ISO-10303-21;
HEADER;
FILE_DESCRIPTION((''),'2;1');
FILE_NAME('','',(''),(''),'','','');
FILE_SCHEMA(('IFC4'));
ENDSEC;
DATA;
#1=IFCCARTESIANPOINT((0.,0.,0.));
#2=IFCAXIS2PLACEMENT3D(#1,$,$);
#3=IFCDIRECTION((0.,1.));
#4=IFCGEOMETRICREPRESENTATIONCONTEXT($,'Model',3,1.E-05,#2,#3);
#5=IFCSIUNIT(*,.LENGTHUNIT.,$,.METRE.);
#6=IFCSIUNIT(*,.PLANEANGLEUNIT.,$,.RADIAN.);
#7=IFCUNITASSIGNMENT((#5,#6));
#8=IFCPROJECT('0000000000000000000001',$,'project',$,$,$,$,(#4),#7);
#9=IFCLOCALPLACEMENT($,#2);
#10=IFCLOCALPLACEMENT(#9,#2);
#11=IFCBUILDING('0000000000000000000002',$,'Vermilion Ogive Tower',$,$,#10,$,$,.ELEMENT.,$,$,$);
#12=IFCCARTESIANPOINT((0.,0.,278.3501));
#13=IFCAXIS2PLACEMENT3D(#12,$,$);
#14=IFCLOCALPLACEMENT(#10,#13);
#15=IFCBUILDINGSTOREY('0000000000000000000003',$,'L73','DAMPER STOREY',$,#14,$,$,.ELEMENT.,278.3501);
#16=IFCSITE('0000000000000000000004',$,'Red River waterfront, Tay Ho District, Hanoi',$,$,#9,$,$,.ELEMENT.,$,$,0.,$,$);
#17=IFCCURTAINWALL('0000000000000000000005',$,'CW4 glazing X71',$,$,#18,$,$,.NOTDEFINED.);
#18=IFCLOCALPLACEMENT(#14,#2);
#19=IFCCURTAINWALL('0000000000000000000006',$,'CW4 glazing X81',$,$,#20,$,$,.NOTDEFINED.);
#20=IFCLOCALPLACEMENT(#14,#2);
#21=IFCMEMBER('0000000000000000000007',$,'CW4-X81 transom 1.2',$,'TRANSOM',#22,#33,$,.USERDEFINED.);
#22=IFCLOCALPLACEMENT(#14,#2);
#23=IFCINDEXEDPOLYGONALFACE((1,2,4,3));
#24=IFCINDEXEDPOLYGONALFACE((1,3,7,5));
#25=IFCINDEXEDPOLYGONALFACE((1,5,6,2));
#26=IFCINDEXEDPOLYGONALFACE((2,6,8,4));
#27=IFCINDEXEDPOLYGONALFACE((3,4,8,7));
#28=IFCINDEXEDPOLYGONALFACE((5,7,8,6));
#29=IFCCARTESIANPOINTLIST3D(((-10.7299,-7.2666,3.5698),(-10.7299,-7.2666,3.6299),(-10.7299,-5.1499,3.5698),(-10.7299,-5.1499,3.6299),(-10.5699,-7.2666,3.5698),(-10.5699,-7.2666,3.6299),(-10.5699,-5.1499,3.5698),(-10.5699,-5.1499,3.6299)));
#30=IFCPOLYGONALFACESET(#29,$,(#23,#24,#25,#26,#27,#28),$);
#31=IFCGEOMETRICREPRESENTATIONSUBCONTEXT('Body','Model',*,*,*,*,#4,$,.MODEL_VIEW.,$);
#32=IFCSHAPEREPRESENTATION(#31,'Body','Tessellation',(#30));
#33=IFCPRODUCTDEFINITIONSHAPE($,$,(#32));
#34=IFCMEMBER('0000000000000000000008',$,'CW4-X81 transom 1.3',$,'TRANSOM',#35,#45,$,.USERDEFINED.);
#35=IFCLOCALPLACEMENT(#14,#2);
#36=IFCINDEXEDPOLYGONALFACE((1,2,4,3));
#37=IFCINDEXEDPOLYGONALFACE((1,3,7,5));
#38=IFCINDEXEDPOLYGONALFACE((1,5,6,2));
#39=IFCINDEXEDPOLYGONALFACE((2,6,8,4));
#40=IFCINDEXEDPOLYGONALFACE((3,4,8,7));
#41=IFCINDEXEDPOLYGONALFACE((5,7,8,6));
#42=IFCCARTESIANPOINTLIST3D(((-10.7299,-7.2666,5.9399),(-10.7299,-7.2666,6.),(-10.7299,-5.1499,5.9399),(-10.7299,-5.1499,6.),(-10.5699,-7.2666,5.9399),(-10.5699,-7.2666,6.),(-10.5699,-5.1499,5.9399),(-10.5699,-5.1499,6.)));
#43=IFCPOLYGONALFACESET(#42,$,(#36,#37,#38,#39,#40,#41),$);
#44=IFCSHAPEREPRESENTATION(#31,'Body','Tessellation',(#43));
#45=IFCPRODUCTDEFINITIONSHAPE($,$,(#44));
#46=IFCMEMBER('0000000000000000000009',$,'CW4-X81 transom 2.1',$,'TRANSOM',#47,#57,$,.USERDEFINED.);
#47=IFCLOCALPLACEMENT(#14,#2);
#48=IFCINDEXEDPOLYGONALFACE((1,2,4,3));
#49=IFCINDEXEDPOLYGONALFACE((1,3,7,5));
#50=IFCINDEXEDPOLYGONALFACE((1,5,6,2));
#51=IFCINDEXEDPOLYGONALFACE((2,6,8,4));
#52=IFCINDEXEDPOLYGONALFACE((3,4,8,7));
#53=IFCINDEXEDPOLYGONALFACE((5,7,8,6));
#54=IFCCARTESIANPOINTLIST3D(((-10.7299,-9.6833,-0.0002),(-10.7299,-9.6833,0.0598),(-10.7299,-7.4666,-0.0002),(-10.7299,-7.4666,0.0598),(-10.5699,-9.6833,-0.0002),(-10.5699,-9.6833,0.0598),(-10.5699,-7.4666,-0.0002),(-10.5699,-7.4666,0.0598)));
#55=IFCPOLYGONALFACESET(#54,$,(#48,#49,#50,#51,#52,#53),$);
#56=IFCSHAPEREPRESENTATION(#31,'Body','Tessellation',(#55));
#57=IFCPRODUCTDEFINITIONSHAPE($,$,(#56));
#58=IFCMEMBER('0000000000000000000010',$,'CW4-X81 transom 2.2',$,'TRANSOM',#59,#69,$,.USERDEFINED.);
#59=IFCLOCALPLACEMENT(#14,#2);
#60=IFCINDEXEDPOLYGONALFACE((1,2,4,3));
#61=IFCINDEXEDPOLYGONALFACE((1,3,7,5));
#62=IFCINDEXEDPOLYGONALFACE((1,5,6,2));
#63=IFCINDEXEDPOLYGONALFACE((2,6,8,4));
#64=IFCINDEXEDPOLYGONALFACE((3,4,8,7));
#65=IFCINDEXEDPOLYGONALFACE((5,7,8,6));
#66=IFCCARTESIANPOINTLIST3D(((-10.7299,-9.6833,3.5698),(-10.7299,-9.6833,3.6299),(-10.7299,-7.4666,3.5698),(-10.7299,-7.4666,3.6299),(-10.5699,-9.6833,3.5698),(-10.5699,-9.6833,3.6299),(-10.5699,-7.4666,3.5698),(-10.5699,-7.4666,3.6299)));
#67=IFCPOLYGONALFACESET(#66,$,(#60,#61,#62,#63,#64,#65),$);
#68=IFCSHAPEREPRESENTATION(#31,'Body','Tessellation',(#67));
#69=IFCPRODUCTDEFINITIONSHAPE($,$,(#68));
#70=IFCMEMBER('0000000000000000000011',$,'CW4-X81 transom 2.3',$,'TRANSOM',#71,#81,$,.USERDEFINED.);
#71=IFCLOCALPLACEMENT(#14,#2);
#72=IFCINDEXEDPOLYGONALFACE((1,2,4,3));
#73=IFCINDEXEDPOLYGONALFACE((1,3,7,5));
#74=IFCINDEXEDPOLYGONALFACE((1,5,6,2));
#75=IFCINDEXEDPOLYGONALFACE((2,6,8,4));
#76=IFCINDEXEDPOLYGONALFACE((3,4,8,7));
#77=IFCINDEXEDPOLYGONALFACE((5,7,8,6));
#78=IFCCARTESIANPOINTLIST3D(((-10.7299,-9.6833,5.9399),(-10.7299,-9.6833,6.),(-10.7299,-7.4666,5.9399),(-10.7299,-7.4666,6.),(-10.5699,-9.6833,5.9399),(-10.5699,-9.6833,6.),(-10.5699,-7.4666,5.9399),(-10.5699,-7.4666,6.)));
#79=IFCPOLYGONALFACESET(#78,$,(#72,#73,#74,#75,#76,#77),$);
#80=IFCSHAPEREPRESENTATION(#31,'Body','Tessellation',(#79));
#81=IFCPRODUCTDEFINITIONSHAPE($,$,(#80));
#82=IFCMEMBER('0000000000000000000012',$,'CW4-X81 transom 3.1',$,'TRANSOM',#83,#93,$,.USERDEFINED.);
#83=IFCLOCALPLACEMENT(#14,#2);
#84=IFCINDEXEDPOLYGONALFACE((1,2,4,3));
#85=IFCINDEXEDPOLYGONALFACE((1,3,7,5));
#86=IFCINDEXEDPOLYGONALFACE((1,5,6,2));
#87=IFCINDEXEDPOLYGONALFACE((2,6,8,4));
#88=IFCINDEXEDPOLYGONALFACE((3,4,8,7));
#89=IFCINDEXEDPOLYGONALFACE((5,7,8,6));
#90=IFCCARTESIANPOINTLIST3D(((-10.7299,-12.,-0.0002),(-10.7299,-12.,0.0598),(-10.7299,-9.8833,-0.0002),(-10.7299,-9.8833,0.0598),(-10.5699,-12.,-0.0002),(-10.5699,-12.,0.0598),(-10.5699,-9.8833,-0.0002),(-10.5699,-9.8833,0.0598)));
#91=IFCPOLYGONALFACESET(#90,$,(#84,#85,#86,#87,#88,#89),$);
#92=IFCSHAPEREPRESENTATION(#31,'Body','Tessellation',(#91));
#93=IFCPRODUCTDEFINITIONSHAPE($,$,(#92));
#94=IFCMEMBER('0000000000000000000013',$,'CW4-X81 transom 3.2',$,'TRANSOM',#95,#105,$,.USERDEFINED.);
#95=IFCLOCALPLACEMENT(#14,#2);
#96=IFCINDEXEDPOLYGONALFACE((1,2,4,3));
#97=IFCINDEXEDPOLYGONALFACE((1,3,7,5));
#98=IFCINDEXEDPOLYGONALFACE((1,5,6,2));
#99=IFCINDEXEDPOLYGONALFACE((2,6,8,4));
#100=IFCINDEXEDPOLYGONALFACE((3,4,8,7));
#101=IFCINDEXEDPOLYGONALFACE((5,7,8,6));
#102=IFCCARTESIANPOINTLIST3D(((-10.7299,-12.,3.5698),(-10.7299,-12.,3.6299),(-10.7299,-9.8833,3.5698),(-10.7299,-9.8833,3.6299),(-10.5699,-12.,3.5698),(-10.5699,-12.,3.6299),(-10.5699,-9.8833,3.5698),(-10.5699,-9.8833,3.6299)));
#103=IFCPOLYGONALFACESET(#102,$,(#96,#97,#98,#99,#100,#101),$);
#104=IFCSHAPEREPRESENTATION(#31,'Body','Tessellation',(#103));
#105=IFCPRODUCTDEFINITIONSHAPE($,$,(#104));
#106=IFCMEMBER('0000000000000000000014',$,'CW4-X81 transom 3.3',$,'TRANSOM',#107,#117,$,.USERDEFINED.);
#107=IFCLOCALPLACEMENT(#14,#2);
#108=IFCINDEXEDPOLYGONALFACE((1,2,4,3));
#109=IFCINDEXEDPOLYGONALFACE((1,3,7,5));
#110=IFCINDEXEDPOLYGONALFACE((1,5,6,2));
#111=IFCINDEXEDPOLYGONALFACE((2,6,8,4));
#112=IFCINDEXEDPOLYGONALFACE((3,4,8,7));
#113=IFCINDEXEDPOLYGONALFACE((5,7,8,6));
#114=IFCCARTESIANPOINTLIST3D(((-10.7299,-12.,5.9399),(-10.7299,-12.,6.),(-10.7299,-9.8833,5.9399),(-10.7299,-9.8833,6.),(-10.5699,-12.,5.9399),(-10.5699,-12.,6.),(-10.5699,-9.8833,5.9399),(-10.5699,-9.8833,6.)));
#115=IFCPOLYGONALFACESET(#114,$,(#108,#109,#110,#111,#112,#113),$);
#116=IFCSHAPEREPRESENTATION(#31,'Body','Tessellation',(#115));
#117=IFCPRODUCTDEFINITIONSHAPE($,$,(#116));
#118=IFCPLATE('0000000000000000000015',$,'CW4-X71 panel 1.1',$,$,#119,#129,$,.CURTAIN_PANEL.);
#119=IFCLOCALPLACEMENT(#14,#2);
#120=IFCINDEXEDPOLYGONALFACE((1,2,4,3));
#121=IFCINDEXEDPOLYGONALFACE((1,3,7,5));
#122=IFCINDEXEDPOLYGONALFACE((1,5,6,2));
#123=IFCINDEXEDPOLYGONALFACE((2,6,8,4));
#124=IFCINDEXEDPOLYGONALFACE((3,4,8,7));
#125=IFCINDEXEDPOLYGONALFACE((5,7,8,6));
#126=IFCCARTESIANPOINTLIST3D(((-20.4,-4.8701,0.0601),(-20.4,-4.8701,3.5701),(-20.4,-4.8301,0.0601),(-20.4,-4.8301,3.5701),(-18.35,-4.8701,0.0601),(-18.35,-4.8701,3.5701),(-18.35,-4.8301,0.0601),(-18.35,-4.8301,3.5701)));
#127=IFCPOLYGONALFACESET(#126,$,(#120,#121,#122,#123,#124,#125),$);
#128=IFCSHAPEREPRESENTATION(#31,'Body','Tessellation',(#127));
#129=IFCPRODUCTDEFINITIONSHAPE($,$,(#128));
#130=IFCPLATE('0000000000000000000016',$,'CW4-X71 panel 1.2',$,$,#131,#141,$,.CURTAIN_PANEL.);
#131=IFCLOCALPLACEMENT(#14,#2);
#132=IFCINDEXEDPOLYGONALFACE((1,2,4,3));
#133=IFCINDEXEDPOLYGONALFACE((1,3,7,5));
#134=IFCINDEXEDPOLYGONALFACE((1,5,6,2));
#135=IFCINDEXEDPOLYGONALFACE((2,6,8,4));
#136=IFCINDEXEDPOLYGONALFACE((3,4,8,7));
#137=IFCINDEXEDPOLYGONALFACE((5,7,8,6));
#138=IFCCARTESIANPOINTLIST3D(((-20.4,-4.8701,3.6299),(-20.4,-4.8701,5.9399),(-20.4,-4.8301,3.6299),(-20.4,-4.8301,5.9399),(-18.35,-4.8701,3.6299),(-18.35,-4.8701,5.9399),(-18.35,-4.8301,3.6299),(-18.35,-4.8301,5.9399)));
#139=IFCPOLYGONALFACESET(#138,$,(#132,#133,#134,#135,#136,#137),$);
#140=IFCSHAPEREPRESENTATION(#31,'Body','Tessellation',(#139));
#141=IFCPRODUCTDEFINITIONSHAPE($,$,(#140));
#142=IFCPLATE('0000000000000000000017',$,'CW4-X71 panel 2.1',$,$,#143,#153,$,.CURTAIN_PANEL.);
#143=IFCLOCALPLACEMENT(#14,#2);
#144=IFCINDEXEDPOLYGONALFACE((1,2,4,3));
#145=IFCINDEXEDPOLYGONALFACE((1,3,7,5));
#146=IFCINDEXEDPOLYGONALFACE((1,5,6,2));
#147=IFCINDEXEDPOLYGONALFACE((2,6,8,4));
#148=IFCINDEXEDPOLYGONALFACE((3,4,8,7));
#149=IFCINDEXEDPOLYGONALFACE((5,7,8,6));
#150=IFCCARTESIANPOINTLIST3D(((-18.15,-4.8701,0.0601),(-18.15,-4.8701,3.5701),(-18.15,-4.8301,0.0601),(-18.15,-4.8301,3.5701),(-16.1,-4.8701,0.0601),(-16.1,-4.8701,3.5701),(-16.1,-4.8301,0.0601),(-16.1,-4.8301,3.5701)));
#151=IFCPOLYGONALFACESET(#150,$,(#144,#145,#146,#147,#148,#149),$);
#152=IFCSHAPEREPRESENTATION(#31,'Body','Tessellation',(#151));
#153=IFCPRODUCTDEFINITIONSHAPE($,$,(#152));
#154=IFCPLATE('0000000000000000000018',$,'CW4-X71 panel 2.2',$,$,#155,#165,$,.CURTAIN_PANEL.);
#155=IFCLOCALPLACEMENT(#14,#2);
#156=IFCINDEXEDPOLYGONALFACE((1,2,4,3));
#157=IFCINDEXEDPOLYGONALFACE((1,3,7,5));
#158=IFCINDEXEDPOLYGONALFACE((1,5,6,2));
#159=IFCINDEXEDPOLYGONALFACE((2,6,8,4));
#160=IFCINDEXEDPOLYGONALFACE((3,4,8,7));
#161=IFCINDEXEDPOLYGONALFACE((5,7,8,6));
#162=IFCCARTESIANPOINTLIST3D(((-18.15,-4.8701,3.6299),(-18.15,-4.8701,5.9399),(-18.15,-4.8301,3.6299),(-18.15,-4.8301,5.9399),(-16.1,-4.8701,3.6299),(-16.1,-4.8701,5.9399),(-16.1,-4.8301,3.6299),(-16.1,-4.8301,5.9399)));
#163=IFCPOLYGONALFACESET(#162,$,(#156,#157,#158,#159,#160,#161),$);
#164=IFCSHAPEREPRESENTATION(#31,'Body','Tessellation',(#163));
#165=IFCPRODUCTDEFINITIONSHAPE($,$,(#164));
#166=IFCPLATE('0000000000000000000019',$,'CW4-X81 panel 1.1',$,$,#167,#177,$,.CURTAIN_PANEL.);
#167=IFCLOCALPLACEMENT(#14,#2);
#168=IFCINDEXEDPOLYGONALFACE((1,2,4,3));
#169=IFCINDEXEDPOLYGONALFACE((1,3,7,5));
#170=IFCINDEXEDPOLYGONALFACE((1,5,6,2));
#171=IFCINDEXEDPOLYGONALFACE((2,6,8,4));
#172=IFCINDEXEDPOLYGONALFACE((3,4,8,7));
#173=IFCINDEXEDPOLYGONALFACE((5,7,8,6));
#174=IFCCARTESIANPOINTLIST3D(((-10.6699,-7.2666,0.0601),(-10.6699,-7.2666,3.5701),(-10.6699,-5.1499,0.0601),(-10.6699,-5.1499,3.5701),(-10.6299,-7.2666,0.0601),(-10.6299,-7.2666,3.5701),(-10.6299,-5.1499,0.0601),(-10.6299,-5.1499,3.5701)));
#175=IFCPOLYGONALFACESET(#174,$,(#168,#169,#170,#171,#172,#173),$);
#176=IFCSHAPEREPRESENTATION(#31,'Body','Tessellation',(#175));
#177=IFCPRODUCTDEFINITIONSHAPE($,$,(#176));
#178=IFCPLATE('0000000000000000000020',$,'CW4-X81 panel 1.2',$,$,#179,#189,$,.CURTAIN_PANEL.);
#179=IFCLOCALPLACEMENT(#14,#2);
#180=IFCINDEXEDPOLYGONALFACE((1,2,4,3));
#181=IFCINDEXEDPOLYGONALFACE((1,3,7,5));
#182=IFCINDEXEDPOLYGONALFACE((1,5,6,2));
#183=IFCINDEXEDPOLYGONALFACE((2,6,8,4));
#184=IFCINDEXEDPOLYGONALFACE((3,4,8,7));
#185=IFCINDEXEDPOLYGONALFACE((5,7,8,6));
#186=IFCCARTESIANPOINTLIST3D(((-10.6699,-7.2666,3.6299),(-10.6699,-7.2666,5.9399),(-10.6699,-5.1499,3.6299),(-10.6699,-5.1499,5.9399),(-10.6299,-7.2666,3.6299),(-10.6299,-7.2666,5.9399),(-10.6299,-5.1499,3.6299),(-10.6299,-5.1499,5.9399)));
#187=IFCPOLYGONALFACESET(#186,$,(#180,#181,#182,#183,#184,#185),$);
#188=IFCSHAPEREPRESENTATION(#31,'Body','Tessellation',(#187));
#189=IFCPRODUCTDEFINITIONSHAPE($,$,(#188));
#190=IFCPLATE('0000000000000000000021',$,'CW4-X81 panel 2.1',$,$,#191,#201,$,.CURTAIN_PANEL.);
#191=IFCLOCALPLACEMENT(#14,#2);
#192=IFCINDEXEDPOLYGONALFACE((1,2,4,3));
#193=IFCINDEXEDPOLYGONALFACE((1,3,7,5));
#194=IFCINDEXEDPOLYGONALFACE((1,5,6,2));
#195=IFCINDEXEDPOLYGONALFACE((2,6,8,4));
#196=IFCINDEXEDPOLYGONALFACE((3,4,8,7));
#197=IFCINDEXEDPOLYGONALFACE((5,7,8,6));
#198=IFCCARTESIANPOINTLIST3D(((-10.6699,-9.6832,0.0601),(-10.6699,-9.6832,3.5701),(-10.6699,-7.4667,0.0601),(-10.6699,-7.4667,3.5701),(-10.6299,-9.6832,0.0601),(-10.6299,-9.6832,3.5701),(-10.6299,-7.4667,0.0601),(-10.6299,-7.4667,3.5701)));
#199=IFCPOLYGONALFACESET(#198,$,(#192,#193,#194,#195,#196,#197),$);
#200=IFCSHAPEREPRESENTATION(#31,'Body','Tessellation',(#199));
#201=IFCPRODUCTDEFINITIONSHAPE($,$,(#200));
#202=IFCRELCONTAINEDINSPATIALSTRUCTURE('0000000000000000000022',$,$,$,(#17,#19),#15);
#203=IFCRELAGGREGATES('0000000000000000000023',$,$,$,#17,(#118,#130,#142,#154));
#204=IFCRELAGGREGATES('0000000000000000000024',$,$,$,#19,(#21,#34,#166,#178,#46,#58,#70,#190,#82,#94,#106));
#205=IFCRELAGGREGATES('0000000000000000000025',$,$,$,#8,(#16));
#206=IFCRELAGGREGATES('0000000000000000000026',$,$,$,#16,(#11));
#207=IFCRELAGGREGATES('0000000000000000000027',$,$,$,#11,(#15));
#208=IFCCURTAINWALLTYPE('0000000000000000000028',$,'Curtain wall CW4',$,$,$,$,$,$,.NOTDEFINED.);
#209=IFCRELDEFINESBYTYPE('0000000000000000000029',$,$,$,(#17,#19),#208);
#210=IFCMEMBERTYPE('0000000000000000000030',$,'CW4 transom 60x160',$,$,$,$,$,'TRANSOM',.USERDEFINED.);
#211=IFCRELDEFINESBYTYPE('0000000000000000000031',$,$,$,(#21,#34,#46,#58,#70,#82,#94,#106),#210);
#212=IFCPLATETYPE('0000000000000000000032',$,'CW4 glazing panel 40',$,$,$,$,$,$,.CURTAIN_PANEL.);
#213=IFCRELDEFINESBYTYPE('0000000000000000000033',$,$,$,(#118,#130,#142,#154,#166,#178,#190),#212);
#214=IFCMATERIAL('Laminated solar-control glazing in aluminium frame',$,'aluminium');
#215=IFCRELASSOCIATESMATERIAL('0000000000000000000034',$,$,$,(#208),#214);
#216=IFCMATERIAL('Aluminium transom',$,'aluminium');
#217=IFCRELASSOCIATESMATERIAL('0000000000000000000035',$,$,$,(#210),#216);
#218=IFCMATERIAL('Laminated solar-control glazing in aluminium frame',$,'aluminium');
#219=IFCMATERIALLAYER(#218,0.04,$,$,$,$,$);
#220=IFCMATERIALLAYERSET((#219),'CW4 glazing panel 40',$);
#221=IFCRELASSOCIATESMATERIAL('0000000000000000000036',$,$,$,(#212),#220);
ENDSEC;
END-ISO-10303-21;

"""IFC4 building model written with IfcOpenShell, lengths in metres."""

from ifc_helpers import new_model, si_unit, direction, frame, origin, origin_2d, place, context, subcontext, project, spatial, rectangle, extrude, material, layer, layer_set, material_profile, profile_set, type_object, element, aggregate, save


model = new_model("IFC4")

# Units and contexts
model_context = context("Model", 3, precision=1e-05, world=origin(), true_north=direction((0.0, 1.0)))
body_context = subcontext(model_context, "Body", "Model", "MODEL_VIEW")
ifc_project = project(units=[si_unit("LENGTHUNIT", "METRE"), si_unit("PLANEANGLEUNIT", "RADIAN")], contexts=[model_context])

# Site, building, storey
site_placement = place(None, origin())
site = spatial("IfcSite", under=ifc_project, at=site_placement, Name="Red River waterfront, Tay Ho District, Hanoi", CompositionType="ELEMENT", RefElevation=0.0)
building_placement = place(site_placement, origin())
building = spatial("IfcBuilding", under=site, at=building_placement, Name="Vermilion Ogive Tower", CompositionType="ELEMENT")
storey_placement = place(building_placement, frame((0.0, 0.0, 278.3501)))
storey = spatial("IfcBuildingStorey", under=building, at=storey_placement, Name="L73", Description="DAMPER STOREY", CompositionType="ELEMENT", Elevation=278.3501)

# Curtain walls
ifc_material_1 = material(Name="Laminated solar-control glazing in aluminium frame", Category="aluminium")
curtain_wall_type = type_object("IfcCurtainWallType", Name="Curtain wall CW4", PredefinedType="NOTDEFINED", material=ifc_material_1)
curtain_wall_1_placement = place(storey_placement, origin())
curtain_wall_1 = element("IfcCurtainWall", 1, at=curtain_wall_1_placement, inside=storey, type_object=curtain_wall_type, Name="CW4 glazing X71", PredefinedType="NOTDEFINED")
curtain_wall_2_placement = place(storey_placement, origin())
curtain_wall_2 = element("IfcCurtainWall", 2, at=curtain_wall_2_placement, inside=storey, type_object=curtain_wall_type, Name="CW4 glazing X81", PredefinedType="NOTDEFINED")

# Members
ifc_material_2 = material(Name="Aluminium transom", Category="aluminium")
ifc_material_profile_1 = material_profile(ifc_material_2, rectangle(XDim=0.1599, YDim=0.0601, at=origin_2d()), Name="AL 60x160")
ifc_profile_set_1 = profile_set([ifc_material_profile_1], Name="Aluminium transom")
member_type_1 = type_object("IfcMemberType", Name="CW4 transom 60x160", ElementType="TRANSOM", PredefinedType="USERDEFINED", material=ifc_profile_set_1)
member_1_placement = place(storey_placement, frame((-10.6499, -5.1499, 3.5999), z_axis=(0.0, -1.0, 0.0), x_axis=(1.0, 0.0, 0.0)))
member_1 = element("IfcMember", 3, at=member_1_placement, type_object=member_type_1, Name="CW4-X81 transom 1.2", ObjectType="TRANSOM", PredefinedType="USERDEFINED", context=body_context, shape_type="SweptSolid", body=[
    extrude(rectangle(XDim=0.1599, YDim=0.0601, at=origin_2d()), origin(), (0.0, 0.0, 1.0), 2.1167),
])
member_2_placement = place(storey_placement, frame((-10.6499, -5.1499, 5.97), z_axis=(0.0, -1.0, 0.0), x_axis=(1.0, 0.0, 0.0)))
member_2 = element("IfcMember", 4, at=member_2_placement, type_object=member_type_1, Name="CW4-X81 transom 1.3", ObjectType="TRANSOM", PredefinedType="USERDEFINED", context=body_context, shape_type="SweptSolid", body=[
    extrude(rectangle(XDim=0.1599, YDim=0.0601, at=origin_2d()), origin(), (0.0, 0.0, 1.0), 2.1167),
])
member_3_placement = place(storey_placement, frame((-10.6499, -7.4666, 0.0298), z_axis=(0.0, -1.0, 0.0), x_axis=(1.0, 0.0, 0.0)))
member_3 = element("IfcMember", 5, at=member_3_placement, type_object=member_type_1, Name="CW4-X81 transom 2.1", ObjectType="TRANSOM", PredefinedType="USERDEFINED", context=body_context, shape_type="SweptSolid", body=[
    extrude(rectangle(XDim=0.1599, YDim=0.0601, at=origin_2d()), origin(), (0.0, 0.0, 1.0), 2.2168),
])
member_4_placement = place(storey_placement, frame((-10.6499, -7.4666, 3.5999), z_axis=(0.0, -1.0, 0.0), x_axis=(1.0, 0.0, 0.0)))
member_4 = element("IfcMember", 6, at=member_4_placement, type_object=member_type_1, Name="CW4-X81 transom 2.2", ObjectType="TRANSOM", PredefinedType="USERDEFINED", context=body_context, shape_type="SweptSolid", body=[
    extrude(rectangle(XDim=0.1599, YDim=0.0601, at=origin_2d()), origin(), (0.0, 0.0, 1.0), 2.2168),
])
member_5_placement = place(storey_placement, frame((-10.6499, -7.4666, 5.97), z_axis=(0.0, -1.0, 0.0), x_axis=(1.0, 0.0, 0.0)))
member_5 = element("IfcMember", 7, at=member_5_placement, type_object=member_type_1, Name="CW4-X81 transom 2.3", ObjectType="TRANSOM", PredefinedType="USERDEFINED", context=body_context, shape_type="SweptSolid", body=[
    extrude(rectangle(XDim=0.1599, YDim=0.0601, at=origin_2d()), origin(), (0.0, 0.0, 1.0), 2.2168),
])
member_6_placement = place(storey_placement, frame((-10.6499, -9.8833, 0.0298), z_axis=(0.0, -1.0, 0.0), x_axis=(1.0, 0.0, 0.0)))
member_6 = element("IfcMember", 8, at=member_6_placement, type_object=member_type_1, Name="CW4-X81 transom 3.1", ObjectType="TRANSOM", PredefinedType="USERDEFINED", context=body_context, shape_type="SweptSolid", body=[
    extrude(rectangle(XDim=0.1599, YDim=0.0601, at=origin_2d()), origin(), (0.0, 0.0, 1.0), 2.1167),
])
member_7_placement = place(storey_placement, frame((-10.6499, -9.8833, 3.5999), z_axis=(0.0, -1.0, 0.0), x_axis=(1.0, 0.0, 0.0)))
member_7 = element("IfcMember", 9, at=member_7_placement, type_object=member_type_1, Name="CW4-X81 transom 3.2", ObjectType="TRANSOM", PredefinedType="USERDEFINED", context=body_context, shape_type="SweptSolid", body=[
    extrude(rectangle(XDim=0.1599, YDim=0.0601, at=origin_2d()), origin(), (0.0, 0.0, 1.0), 2.1167),
])
member_8_placement = place(storey_placement, frame((-10.6499, -9.8833, 5.97), z_axis=(0.0, -1.0, 0.0), x_axis=(1.0, 0.0, 0.0)))
member_8 = element("IfcMember", 10, at=member_8_placement, type_object=member_type_1, Name="CW4-X81 transom 3.3", ObjectType="TRANSOM", PredefinedType="USERDEFINED", context=body_context, shape_type="SweptSolid", body=[
    extrude(rectangle(XDim=0.1599, YDim=0.0601, at=origin_2d()), origin(), (0.0, 0.0, 1.0), 2.1167),
])

# Plates
ifc_material_3 = material(Name="Laminated solar-control glazing in aluminium frame", Category="aluminium")
ifc_layer_1 = layer(ifc_material_3, 0.04)
ifc_layer_set_1 = layer_set([ifc_layer_1], Name="CW4 glazing panel 40")
plate_type = type_object("IfcPlateType", Name="CW4 glazing panel 40", PredefinedType="CURTAIN_PANEL", material=ifc_layer_set_1)
plate_1_placement = place(storey_placement, frame((-19.375, -4.8501, 0.0601), z_axis=(0.0, 0.0, 1.0), x_axis=(1.0, 0.0, 0.0)))
plate_1 = element("IfcPlate", 11, at=plate_1_placement, type_object=plate_type, Name="CW4-X71 panel 1.1", PredefinedType="CURTAIN_PANEL", context=body_context, shape_type="SweptSolid", body=[
    extrude(rectangle(XDim=2.05, YDim=0.04, at=origin_2d()), origin(), (0.0, 0.0, 1.0), 3.51),
])
plate_2_placement = place(storey_placement, frame((-19.375, -4.8501, 3.6299), z_axis=(0.0, 0.0, 1.0), x_axis=(1.0, 0.0, 0.0)))
plate_2 = element("IfcPlate", 12, at=plate_2_placement, type_object=plate_type, Name="CW4-X71 panel 1.2", PredefinedType="CURTAIN_PANEL", context=body_context, shape_type="SweptSolid", body=[
    extrude(rectangle(XDim=2.05, YDim=0.04, at=origin_2d()), origin(), (0.0, 0.0, 1.0), 2.3101),
])
plate_3_placement = place(storey_placement, frame((-17.125, -4.8501, 0.0601), z_axis=(0.0, 0.0, 1.0), x_axis=(1.0, 0.0, 0.0)))
plate_3 = element("IfcPlate", 13, at=plate_3_placement, type_object=plate_type, Name="CW4-X71 panel 2.1", PredefinedType="CURTAIN_PANEL", context=body_context, shape_type="SweptSolid", body=[
    extrude(rectangle(XDim=2.05, YDim=0.04, at=origin_2d()), origin(), (0.0, 0.0, 1.0), 3.51),
])
plate_4_placement = place(storey_placement, frame((-17.125, -4.8501, 3.6299), z_axis=(0.0, 0.0, 1.0), x_axis=(1.0, 0.0, 0.0)))
plate_4 = element("IfcPlate", 14, at=plate_4_placement, type_object=plate_type, Name="CW4-X71 panel 2.2", PredefinedType="CURTAIN_PANEL", context=body_context, shape_type="SweptSolid", body=[
    extrude(rectangle(XDim=2.05, YDim=0.04, at=origin_2d()), origin(), (0.0, 0.0, 1.0), 2.3101),
])
aggregate(curtain_wall_1, [plate_1, plate_2, plate_3, plate_4])
plate_5_placement = place(storey_placement, frame((-10.6499, -6.2083, 0.0601), z_axis=(0.0, 0.0, 1.0), x_axis=(0.0, -1.0, 0.0)))
plate_5 = element("IfcPlate", 15, at=plate_5_placement, type_object=plate_type, Name="CW4-X81 panel 1.1", PredefinedType="CURTAIN_PANEL", context=body_context, shape_type="SweptSolid", body=[
    extrude(rectangle(XDim=2.1167, YDim=0.04, at=origin_2d()), origin(), (0.0, 0.0, 1.0), 3.51),
])
plate_6_placement = place(storey_placement, frame((-10.6499, -6.2083, 3.6299), z_axis=(0.0, 0.0, 1.0), x_axis=(0.0, -1.0, 0.0)))
plate_6 = element("IfcPlate", 16, at=plate_6_placement, type_object=plate_type, Name="CW4-X81 panel 1.2", PredefinedType="CURTAIN_PANEL", context=body_context, shape_type="SweptSolid", body=[
    extrude(rectangle(XDim=2.1167, YDim=0.04, at=origin_2d()), origin(), (0.0, 0.0, 1.0), 2.3101),
])
plate_7_placement = place(storey_placement, frame((-10.6499, -8.575, 0.0601), z_axis=(0.0, 0.0, 1.0), x_axis=(0.0, -1.0, 0.0)))
plate_7 = element("IfcPlate", 17, at=plate_7_placement, type_object=plate_type, Name="CW4-X81 panel 2.1", PredefinedType="CURTAIN_PANEL", context=body_context, shape_type="SweptSolid", body=[
    extrude(rectangle(XDim=2.2166, YDim=0.04, at=origin_2d()), origin(), (0.0, 0.0, 1.0), 3.51),
])
aggregate(curtain_wall_2, [member_1, member_2, plate_5, plate_6, member_3, member_4, member_5, plate_7, member_6, member_7, member_8])

save(model, "model.ifc")
